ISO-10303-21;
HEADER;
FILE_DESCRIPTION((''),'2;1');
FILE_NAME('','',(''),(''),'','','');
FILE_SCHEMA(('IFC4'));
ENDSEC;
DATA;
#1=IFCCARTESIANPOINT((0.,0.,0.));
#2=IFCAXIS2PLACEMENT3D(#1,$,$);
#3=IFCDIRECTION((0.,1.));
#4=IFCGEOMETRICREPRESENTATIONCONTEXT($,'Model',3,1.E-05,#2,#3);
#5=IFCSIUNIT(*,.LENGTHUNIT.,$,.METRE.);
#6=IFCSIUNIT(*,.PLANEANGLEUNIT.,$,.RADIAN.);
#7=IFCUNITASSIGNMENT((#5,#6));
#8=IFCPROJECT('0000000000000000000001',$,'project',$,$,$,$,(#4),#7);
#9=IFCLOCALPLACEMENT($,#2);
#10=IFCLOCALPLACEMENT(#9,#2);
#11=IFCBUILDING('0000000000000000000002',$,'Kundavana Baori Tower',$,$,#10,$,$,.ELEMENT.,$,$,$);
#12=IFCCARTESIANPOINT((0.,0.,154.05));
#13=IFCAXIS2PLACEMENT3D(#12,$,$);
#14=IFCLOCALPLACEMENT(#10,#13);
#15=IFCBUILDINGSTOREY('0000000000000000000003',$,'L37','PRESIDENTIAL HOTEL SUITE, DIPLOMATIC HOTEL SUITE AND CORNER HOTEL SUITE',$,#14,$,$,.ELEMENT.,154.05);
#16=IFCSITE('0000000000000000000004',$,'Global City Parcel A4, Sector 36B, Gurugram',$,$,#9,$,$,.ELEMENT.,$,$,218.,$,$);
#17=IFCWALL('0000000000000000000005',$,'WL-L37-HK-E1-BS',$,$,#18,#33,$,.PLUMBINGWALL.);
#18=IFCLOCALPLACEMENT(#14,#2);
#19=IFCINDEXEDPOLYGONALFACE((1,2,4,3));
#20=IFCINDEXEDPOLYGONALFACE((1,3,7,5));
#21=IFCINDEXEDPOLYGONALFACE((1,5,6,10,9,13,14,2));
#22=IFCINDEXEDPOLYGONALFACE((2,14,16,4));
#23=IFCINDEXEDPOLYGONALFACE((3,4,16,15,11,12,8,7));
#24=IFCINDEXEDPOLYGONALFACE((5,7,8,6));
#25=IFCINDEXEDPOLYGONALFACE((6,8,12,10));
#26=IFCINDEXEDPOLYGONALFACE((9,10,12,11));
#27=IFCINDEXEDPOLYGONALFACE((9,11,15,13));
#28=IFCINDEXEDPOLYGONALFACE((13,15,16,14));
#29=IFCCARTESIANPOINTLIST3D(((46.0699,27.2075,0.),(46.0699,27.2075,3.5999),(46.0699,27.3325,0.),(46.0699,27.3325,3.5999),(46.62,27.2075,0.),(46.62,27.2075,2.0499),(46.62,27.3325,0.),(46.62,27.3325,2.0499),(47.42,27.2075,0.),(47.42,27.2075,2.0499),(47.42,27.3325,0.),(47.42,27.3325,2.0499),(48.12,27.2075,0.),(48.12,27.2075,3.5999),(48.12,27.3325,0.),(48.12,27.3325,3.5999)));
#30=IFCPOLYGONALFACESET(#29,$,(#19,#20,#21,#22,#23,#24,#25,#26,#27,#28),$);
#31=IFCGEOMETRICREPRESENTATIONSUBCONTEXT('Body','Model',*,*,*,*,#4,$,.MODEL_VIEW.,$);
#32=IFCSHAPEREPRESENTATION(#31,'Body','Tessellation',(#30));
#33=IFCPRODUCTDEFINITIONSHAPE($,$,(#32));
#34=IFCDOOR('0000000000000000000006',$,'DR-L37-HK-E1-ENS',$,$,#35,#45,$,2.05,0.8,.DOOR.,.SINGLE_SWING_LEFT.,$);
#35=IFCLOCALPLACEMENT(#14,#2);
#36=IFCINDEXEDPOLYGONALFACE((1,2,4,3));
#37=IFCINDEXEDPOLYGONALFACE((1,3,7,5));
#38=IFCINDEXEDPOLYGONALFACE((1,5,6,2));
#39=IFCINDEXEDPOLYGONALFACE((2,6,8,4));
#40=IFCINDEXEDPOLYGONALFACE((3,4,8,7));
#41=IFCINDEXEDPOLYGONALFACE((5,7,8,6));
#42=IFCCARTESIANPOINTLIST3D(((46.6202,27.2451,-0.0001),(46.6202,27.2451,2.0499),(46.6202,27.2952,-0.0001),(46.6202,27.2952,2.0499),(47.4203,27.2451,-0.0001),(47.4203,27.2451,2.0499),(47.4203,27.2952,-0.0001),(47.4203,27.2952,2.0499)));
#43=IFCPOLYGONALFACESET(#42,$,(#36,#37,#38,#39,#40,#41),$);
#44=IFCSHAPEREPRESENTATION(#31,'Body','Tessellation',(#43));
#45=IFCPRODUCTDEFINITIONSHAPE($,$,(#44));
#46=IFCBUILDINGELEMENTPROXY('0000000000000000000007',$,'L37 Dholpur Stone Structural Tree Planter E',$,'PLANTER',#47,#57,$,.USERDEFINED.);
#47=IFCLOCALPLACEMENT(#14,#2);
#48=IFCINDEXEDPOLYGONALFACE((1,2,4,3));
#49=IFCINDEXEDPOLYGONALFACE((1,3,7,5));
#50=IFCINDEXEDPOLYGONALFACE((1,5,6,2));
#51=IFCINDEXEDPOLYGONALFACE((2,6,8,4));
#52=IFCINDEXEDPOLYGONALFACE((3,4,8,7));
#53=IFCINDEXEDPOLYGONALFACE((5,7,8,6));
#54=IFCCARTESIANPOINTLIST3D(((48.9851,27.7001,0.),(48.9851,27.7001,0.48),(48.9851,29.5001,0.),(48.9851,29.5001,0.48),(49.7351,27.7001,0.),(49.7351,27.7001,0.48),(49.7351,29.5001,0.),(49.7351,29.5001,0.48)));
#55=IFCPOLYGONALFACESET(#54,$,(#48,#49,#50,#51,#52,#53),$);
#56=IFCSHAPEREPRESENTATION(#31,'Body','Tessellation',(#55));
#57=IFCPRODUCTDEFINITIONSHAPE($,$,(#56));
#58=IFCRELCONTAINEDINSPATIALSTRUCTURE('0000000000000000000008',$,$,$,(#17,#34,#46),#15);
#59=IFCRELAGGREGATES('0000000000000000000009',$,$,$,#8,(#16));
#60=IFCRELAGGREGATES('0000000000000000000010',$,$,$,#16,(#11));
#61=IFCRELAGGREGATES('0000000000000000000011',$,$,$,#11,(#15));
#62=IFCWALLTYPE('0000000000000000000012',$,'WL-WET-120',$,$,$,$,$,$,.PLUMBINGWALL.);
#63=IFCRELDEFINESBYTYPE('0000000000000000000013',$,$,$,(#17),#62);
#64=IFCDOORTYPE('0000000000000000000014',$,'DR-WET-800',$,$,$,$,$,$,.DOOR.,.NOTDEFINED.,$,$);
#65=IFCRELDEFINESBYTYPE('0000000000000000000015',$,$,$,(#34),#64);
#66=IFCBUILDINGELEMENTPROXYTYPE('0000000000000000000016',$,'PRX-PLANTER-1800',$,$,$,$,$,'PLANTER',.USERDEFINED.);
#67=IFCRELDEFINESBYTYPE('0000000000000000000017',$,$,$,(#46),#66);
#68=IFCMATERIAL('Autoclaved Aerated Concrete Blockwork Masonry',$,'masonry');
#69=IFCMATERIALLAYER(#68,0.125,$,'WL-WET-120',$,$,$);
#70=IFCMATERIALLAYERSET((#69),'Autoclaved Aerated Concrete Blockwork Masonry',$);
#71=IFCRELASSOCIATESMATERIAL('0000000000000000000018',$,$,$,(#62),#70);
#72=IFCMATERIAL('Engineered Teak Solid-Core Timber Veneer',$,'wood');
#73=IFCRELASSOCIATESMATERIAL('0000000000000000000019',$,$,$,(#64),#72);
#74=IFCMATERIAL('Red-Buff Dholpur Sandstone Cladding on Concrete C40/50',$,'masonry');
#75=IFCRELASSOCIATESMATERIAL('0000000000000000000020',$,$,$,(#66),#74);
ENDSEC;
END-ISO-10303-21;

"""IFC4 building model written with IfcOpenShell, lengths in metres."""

from ifc_helpers import new_model, si_unit, direction, frame, frame_2d, origin, origin_2d, place, context, subcontext, project, spatial, rectangle, extrude, material, layer, layer_set, type_object, element, fill, save


model = new_model("IFC4")

# Units and contexts
model_context = context("Model", 3, precision=1e-05, world=origin(), true_north=direction((0.0, 1.0)))
body_context = subcontext(model_context, "Body", "Model", "MODEL_VIEW")
ifc_project = project(units=[si_unit("LENGTHUNIT", "METRE"), si_unit("PLANEANGLEUNIT", "RADIAN")], contexts=[model_context])

# Site, building, storey
site_placement = place(None, origin())
site = spatial("IfcSite", under=ifc_project, at=site_placement, Name="Global City Parcel A4, Sector 36B, Gurugram", CompositionType="ELEMENT", RefElevation=218.0)
building_placement = place(site_placement, origin())
building = spatial("IfcBuilding", under=site, at=building_placement, Name="Kundavana Baori Tower", CompositionType="ELEMENT")
storey_placement = place(building_placement, frame((0.0, 0.0, 154.05)))
storey = spatial("IfcBuildingStorey", under=building, at=storey_placement, Name="L37", Description="PRESIDENTIAL HOTEL SUITE, DIPLOMATIC HOTEL SUITE AND CORNER HOTEL SUITE", CompositionType="ELEMENT", Elevation=154.05)

# Shared definitions
ifc_material_1 = material(Name="Autoclaved Aerated Concrete Blockwork Masonry", Category="masonry")
ifc_layer_1 = layer(ifc_material_1, 0.125, Name="WL-WET-120")
ifc_layer_set_1 = layer_set([ifc_layer_1], Name="Autoclaved Aerated Concrete Blockwork Masonry")
wall_type_1 = type_object("IfcWallType", Name="WL-WET-120", PredefinedType="PLUMBINGWALL", material=ifc_layer_set_1)

# Wall, opening, door
wall_1_placement = place(storey_placement, frame((46.0701, 27.27, 0.0), z_axis=(0.0, 0.0, 1.0), x_axis=(1.0, 0.0, 0.0)))
wall_1 = element("IfcWall", 1, at=wall_1_placement, inside=storey, type_object=wall_type_1, Name="WL-L37-HK-E1-BS", PredefinedType="PLUMBINGWALL", context=body_context, shape_type="SweptSolid", body=[
    extrude(rectangle(XDim=2.05, YDim=0.125, at=frame_2d((1.0249, 0.0))), origin(), (0.0, 0.0, 1.0), 3.5999),
])
opening_1_placement = place(wall_1_placement, frame((0.55, 0.0, 0.0)))
opening_1 = element("IfcOpeningElement", 2, at=opening_1_placement, cuts=wall_1, PredefinedType="OPENING", context=body_context, shape_type="SweptSolid", body=[
    extrude(rectangle(XDim=0.8, YDim=2.05, at=frame_2d((0.3999, 1.0249))), frame((0.0, 0.0725, 0.0), z_axis=(0.0, -1.0, 0.0), x_axis=(1.0, 0.0, 0.0)), (0.0, 0.0, 1.0), 0.145),
])
ifc_material_2 = material(Name="Engineered Teak Solid-Core Timber Veneer", Category="wood")
door_type_1 = type_object("IfcDoorType", Name="DR-WET-800", OperationType="NOTDEFINED", PredefinedType="DOOR", material=ifc_material_2)
door_1_placement = place(opening_1_placement, frame((0.8, 0.0, 0.0), z_axis=(0.0, 0.0, 1.0), x_axis=(-1.0, 0.0, 0.0)))
door_1 = element("IfcDoor", 3, at=door_1_placement, inside=storey, type_object=door_type_1, Name="DR-L37-HK-E1-ENS", OperationType="SINGLE_SWING_LEFT", OverallHeight=2.05, OverallWidth=0.8, PredefinedType="DOOR", context=body_context, shape_type="SweptSolid", body=[
    extrude(rectangle(XDim=0.8, YDim=2.05, at=frame_2d((0.3999, 1.0249))), frame((0.0, 0.0249, 0.0), z_axis=(0.0, -1.0, 0.0), x_axis=(1.0, 0.0, 0.0)), (0.0, 0.0, 1.0), 0.05),
])
fill(opening_1, door_1)

# Building element proxy
ifc_material_3 = material(Name="Red-Buff Dholpur Sandstone Cladding on Concrete C40/50", Category="masonry")
building_element_proxy_type = type_object("IfcBuildingElementProxyType", Name="PRX-PLANTER-1800", ElementType="PLANTER", PredefinedType="USERDEFINED", material=ifc_material_3)
proxy_placement = place(storey_placement, frame((49.3601, 28.6001, 0.0), z_axis=(0.0, 0.0, 1.0), x_axis=(0.0, 1.0, 0.0)))
element("IfcBuildingElementProxy", 4, at=proxy_placement, inside=storey, type_object=building_element_proxy_type, Name="L37 Dholpur Stone Structural Tree Planter E", ObjectType="PLANTER", PredefinedType="USERDEFINED", context=body_context, shape_type="SweptSolid", body=[
    extrude(rectangle(XDim=1.8, YDim=0.75, at=origin_2d()), origin(), (0.0, 0.0, 1.0), 0.48),
])

save(model, "model.ifc")
